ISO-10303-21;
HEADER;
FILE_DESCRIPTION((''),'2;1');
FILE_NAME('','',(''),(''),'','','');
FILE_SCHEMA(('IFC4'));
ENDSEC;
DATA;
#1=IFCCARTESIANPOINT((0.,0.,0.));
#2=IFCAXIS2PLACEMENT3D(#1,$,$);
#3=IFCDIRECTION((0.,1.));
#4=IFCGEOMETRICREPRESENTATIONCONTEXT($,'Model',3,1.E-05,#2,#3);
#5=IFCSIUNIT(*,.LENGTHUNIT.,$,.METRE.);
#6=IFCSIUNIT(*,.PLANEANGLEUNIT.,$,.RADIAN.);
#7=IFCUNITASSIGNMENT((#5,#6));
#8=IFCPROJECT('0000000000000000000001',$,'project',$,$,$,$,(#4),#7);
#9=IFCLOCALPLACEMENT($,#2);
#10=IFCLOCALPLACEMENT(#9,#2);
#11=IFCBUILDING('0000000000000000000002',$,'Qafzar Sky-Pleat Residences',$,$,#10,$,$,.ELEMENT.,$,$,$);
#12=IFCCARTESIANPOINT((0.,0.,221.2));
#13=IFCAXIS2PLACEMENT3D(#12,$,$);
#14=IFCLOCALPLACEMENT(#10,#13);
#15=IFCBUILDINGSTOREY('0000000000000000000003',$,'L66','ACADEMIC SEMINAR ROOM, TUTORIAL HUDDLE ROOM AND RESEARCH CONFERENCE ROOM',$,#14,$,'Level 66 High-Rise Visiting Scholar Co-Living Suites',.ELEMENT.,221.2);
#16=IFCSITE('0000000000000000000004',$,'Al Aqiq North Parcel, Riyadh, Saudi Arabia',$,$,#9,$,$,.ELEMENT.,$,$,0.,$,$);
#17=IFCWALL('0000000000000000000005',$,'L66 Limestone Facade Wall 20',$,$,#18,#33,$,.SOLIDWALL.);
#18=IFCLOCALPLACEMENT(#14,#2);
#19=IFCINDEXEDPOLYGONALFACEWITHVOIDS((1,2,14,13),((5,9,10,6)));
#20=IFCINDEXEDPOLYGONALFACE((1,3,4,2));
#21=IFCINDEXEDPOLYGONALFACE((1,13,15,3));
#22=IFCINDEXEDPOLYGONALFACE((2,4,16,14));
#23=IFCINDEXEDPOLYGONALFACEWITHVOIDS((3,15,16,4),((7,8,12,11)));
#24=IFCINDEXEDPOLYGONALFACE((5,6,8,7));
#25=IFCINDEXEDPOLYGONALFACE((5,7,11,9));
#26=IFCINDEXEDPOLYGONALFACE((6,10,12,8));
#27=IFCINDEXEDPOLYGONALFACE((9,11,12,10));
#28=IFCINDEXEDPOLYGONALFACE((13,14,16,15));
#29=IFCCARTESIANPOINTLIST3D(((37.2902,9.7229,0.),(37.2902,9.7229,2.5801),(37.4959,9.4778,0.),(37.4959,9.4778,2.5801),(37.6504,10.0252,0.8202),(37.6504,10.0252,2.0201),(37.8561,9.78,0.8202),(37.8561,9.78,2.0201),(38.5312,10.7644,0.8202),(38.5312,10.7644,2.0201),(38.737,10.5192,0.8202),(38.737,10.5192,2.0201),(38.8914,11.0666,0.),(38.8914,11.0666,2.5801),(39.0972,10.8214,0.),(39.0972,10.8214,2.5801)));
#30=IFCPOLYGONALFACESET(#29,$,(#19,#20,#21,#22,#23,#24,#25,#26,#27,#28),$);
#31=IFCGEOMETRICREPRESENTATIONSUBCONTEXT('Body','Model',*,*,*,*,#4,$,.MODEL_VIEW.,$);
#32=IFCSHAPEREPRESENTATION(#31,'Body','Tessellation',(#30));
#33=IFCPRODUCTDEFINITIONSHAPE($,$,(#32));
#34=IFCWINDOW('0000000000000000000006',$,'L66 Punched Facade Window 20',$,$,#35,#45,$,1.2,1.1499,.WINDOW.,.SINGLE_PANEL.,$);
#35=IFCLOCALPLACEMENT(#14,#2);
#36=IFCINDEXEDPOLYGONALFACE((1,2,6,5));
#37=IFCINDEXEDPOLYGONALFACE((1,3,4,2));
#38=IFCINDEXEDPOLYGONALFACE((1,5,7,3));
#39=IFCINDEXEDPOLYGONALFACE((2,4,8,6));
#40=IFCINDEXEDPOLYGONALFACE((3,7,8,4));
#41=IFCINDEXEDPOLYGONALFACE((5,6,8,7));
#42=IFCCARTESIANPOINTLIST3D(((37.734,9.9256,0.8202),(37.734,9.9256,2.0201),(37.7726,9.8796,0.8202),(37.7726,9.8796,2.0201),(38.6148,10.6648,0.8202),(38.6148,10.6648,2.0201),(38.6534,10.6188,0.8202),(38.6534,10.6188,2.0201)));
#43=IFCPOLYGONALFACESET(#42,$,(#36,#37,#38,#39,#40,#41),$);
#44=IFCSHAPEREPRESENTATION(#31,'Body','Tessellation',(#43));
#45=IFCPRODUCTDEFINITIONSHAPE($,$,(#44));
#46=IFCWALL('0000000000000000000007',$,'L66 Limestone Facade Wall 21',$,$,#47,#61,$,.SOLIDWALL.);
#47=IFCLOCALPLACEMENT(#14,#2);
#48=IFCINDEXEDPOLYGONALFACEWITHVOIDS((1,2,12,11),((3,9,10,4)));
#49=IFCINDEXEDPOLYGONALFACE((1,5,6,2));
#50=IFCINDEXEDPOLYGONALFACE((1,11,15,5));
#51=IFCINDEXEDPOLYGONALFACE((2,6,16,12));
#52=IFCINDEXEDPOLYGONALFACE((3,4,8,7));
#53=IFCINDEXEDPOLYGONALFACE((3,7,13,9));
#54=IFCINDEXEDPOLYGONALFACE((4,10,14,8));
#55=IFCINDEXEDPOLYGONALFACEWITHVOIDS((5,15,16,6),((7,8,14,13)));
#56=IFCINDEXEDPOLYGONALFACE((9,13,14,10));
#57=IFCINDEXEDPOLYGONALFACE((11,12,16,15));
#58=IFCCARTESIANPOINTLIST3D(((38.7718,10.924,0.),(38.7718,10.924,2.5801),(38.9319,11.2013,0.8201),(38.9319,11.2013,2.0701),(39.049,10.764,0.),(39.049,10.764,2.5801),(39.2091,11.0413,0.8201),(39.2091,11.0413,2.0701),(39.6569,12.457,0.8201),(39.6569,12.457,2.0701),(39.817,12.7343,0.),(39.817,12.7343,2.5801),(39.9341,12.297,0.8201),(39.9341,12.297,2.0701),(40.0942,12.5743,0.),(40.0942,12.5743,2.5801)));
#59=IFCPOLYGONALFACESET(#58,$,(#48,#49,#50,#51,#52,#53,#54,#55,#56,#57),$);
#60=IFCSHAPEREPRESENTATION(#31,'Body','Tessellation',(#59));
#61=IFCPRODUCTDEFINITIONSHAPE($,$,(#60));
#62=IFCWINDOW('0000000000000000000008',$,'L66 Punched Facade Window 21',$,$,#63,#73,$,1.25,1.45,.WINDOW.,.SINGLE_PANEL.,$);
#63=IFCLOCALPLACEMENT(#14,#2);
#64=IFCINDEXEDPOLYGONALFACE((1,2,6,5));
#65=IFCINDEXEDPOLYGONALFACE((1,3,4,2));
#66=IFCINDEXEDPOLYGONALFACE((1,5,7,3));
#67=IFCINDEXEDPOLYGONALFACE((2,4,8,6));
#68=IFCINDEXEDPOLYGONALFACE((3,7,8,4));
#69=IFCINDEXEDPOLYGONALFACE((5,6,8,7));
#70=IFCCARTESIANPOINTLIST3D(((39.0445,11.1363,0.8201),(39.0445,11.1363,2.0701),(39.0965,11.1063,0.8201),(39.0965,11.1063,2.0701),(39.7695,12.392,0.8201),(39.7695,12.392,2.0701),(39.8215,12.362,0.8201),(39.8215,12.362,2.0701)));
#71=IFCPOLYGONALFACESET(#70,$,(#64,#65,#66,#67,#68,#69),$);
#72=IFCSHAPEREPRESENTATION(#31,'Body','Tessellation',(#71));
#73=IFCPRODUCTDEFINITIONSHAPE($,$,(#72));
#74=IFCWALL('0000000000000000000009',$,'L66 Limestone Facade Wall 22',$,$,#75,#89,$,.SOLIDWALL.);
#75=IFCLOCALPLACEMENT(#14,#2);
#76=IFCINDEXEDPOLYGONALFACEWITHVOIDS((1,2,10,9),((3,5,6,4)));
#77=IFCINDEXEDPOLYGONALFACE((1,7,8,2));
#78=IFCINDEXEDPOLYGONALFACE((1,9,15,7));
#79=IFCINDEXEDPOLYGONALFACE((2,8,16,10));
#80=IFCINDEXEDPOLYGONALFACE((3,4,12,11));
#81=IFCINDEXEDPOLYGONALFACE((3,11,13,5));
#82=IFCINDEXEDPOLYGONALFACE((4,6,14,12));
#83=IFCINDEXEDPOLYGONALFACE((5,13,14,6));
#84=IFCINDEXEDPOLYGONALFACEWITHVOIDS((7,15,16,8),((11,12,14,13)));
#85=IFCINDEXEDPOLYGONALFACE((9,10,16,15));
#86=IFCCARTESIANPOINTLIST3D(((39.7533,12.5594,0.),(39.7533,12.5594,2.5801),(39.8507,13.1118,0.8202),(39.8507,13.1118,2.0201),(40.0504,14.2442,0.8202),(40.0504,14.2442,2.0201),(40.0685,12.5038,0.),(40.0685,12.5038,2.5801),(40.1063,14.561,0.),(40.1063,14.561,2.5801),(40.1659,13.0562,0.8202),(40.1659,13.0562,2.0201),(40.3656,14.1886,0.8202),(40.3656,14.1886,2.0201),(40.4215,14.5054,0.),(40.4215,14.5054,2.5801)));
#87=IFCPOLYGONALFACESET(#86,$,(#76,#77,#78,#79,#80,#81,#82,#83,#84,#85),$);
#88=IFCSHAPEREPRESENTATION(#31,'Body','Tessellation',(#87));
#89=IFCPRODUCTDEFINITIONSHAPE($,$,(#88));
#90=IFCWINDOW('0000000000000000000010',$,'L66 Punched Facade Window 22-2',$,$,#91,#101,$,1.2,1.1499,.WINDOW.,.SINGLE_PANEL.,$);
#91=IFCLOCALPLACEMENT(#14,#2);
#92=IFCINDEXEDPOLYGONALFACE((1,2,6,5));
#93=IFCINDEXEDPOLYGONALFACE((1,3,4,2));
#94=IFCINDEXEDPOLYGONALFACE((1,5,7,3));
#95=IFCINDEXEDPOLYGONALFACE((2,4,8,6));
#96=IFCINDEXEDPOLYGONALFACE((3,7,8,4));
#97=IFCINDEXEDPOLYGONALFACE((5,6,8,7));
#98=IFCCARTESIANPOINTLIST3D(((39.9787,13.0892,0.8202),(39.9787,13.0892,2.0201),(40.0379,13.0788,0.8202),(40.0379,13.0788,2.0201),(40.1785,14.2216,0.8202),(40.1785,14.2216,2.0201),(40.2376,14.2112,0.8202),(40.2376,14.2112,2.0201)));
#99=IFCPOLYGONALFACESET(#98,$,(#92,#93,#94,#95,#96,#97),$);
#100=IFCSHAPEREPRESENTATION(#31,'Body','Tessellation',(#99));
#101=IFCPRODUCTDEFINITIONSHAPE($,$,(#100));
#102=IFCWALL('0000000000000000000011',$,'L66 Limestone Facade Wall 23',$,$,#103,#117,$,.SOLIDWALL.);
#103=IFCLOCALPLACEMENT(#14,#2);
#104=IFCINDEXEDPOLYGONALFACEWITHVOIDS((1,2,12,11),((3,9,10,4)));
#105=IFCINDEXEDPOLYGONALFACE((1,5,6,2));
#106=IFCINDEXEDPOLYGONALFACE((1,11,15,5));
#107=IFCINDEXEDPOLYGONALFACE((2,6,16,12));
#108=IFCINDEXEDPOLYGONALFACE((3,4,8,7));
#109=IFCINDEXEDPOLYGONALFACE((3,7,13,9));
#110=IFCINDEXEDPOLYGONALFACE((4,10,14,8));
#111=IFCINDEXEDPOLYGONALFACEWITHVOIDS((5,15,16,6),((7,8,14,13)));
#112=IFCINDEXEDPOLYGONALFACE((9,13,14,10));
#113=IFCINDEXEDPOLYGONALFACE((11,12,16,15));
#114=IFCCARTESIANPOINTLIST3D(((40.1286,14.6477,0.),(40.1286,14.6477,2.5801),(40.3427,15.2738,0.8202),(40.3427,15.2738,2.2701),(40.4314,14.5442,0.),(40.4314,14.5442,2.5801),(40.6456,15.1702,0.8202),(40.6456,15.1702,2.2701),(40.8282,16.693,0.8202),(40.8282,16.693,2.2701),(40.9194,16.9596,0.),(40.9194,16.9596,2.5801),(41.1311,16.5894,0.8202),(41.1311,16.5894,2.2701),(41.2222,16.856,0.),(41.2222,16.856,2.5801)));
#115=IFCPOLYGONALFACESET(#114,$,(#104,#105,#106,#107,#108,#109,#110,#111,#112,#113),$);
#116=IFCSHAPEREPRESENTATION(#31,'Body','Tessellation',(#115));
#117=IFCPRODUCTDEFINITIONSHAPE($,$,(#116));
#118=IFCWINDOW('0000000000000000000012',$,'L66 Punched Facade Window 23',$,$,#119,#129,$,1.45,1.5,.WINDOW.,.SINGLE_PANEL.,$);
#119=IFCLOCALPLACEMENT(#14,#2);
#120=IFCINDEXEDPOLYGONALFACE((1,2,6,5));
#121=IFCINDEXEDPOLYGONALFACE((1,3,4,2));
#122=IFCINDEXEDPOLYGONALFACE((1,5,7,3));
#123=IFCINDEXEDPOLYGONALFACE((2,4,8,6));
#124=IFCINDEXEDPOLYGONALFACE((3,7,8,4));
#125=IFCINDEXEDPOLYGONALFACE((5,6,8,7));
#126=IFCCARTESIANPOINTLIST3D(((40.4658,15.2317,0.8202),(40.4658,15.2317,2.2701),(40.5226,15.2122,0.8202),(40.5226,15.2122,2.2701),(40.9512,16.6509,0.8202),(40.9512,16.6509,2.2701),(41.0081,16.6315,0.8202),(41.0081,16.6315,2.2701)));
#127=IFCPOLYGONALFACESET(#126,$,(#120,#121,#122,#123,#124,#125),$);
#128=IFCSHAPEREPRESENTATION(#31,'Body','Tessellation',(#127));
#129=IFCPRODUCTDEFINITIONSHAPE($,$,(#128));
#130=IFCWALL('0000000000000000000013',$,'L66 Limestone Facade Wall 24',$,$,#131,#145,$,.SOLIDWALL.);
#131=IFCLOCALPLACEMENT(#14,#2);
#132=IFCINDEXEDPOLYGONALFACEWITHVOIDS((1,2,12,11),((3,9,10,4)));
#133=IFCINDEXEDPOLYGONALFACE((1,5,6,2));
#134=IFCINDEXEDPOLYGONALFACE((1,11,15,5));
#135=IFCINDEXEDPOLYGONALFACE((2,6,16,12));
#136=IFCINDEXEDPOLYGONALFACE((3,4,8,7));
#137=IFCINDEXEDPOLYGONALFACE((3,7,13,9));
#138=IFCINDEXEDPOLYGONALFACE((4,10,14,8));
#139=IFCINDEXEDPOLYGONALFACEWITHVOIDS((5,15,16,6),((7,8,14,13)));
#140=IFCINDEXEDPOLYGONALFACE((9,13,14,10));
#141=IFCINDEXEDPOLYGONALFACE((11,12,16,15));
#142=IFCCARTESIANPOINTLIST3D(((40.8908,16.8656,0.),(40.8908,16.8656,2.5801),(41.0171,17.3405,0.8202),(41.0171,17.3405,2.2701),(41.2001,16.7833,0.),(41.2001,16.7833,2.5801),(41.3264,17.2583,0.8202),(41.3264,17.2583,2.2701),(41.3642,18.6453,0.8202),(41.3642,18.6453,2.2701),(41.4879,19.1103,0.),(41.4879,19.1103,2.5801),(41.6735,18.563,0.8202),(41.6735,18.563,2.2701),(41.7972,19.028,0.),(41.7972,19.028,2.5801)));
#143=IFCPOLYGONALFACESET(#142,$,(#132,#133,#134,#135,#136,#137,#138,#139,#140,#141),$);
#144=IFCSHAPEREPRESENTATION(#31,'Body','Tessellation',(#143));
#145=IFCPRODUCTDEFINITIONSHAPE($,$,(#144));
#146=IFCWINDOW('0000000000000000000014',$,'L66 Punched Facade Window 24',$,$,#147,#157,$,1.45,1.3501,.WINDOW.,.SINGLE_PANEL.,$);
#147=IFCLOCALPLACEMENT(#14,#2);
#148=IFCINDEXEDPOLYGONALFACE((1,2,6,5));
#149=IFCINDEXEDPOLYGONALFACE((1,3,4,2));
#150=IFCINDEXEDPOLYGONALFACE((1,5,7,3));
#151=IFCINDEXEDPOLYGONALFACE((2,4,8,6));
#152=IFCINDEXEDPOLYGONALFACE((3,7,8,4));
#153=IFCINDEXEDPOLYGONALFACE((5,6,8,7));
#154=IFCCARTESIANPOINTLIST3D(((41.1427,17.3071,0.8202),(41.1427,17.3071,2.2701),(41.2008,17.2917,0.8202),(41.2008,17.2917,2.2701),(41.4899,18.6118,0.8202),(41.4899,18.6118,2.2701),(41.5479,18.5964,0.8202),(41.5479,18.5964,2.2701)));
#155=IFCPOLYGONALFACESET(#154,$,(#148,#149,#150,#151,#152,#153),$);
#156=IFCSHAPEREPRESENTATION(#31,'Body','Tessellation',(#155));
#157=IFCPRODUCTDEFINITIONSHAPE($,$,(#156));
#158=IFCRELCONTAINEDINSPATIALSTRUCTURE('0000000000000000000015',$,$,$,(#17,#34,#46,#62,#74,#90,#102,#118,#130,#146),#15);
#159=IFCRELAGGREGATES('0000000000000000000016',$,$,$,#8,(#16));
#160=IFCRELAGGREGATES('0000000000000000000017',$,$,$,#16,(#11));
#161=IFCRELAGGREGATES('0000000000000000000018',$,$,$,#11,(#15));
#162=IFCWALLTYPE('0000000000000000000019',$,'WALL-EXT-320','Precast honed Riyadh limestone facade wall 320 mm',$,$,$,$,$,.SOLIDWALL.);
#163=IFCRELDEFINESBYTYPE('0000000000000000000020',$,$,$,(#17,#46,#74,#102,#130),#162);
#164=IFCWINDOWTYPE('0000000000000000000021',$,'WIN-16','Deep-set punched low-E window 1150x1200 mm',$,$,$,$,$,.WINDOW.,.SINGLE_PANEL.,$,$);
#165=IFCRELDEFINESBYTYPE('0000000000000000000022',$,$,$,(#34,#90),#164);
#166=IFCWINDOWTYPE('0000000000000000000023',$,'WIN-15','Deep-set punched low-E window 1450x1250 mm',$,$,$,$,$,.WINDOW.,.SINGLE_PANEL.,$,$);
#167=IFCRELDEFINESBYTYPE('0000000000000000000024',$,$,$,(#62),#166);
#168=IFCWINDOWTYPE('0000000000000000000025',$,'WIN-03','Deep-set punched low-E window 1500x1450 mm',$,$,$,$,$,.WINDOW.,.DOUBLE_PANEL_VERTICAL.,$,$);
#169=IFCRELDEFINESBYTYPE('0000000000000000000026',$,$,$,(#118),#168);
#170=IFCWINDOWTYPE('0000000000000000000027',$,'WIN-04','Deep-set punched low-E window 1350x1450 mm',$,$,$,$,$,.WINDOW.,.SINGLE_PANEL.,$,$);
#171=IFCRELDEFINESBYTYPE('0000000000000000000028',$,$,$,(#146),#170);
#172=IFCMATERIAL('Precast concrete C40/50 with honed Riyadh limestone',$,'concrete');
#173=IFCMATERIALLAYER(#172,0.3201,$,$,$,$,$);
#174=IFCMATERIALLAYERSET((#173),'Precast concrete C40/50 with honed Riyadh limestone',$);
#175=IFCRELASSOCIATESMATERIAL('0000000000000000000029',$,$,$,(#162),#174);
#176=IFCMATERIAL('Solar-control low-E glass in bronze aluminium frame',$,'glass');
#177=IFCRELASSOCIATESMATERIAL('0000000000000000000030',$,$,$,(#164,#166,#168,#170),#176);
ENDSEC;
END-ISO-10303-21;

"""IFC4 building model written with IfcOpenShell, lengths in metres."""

from ifc_helpers import new_model, si_unit, direction, frame, frame_2d, origin, place, context, subcontext, project, spatial, rectangle, extrude, source, transform, mapped, material, layer, layer_set, type_object, element, fill, save


model = new_model("IFC4")

# Units and contexts
model_context = context("Model", 3, precision=1e-05, world=origin(), true_north=direction((0.0, 1.0)))
body_context = subcontext(model_context, "Body", "Model", "MODEL_VIEW")
ifc_project = project(units=[si_unit("LENGTHUNIT", "METRE"), si_unit("PLANEANGLEUNIT", "RADIAN")], contexts=[model_context])

# Site, building, storey
site_placement = place(None, origin())
site = spatial("IfcSite", under=ifc_project, at=site_placement, Name="Al Aqiq North Parcel, Riyadh, Saudi Arabia", CompositionType="ELEMENT", RefElevation=0.0)
building_placement = place(site_placement, origin())
building = spatial("IfcBuilding", under=site, at=building_placement, Name="Qafzar Sky-Pleat Residences", CompositionType="ELEMENT")
storey_placement = place(building_placement, frame((0.0, 0.0, 221.2)))
storey = spatial("IfcBuildingStorey", under=building, at=storey_placement, Name="L66", Description="ACADEMIC SEMINAR ROOM, TUTORIAL HUDDLE ROOM AND RESEARCH CONFERENCE ROOM", LongName="Level 66 High-Rise Visiting Scholar Co-Living Suites", CompositionType="ELEMENT", Elevation=221.2)

# Walls, openings, windows
ifc_material_1 = material(Name="Precast concrete C40/50 with honed Riyadh limestone", Category="concrete")
ifc_layer_1 = layer(ifc_material_1, 0.3201)
ifc_layer_set_1 = layer_set([ifc_layer_1], Name="Precast concrete C40/50 with honed Riyadh limestone")
wall_type_1 = type_object("IfcWallType", Name="WALL-EXT-320", Description="Precast honed Riyadh limestone facade wall 320 mm", PredefinedType="SOLIDWALL", material=ifc_layer_set_1)
wall_1_placement = place(storey_placement, frame((37.3931, 9.6003, 0.0), z_axis=(0.0, 0.0, 1.0), x_axis=(0.766025, 0.642811, 0.0)))
wall_1 = element("IfcWall", 1, at=wall_1_placement, inside=storey, type_object=wall_type_1, Name="L66 Limestone Facade Wall 20", PredefinedType="SOLIDWALL", context=body_context, shape_type="SweptSolid", body=[
    extrude(rectangle(XDim=2.0903, YDim=0.3201, at=frame_2d((1.0452, 0.0))), origin(), (0.0, 0.0, 1.0), 2.5801),
])
opening_1_placement = place(wall_1_placement, frame((0.4702, 0.0, 0.8201)))
opening_1 = element("IfcOpeningElement", 2, at=opening_1_placement, cuts=wall_1, PredefinedType="OPENING", context=body_context, shape_type="SweptSolid", body=[
    extrude(rectangle(XDim=1.1499, YDim=1.2, at=frame_2d((0.575, 0.6001))), frame((0.0, 0.1699, 0.0), z_axis=(0.0, -1.0, 0.0), x_axis=(1.0, 0.0, 0.0)), (0.0, 0.0, 1.0), 0.3401),
])
ifc_material_2 = material(Name="Solar-control low-E glass in bronze aluminium frame", Category="glass")
window_type_1 = type_object("IfcWindowType", Name="WIN-16", Description="Deep-set punched low-E window 1150x1200 mm", PartitioningType="SINGLE_PANEL", PredefinedType="WINDOW", material=ifc_material_2)
shared_shape_1 = source(origin(), body_context, "Body", "SweptSolid", [
    extrude(rectangle(XDim=1.1499, YDim=1.2, at=frame_2d((0.575, 0.6001))), frame((0.0, 0.03, 0.0), z_axis=(0.0, -1.0, 0.0), x_axis=(1.0, 0.0, 0.0)), (0.0, 0.0, 1.0), 0.0601),
])
window_1_placement = place(opening_1_placement, origin())
window_1 = element("IfcWindow", 3, at=window_1_placement, inside=storey, type_object=window_type_1, Name="L66 Punched Facade Window 20", OverallHeight=1.2, OverallWidth=1.1499, PartitioningType="SINGLE_PANEL", PredefinedType="WINDOW", context=body_context, shape_type="MappedRepresentation", body=[
    mapped(shared_shape_1, transform((0.0, 0.0, 0.0), x_axis=(1.0, 0.0, 0.0), y_axis=(0.0, 1.0, 0.0), z_axis=(0.0, 0.0, 1.0), scale=1.0)),
])
fill(opening_1, window_1)
wall_2_placement = place(storey_placement, frame((38.9104, 10.844, 0.0), z_axis=(0.0, 0.0, 1.0), x_axis=(0.499995, 0.866028, 0.0)))
wall_2 = element("IfcWall", 4, at=wall_2_placement, inside=storey, type_object=wall_type_1, Name="L66 Limestone Facade Wall 21", PredefinedType="SOLIDWALL", context=body_context, shape_type="SweptSolid", body=[
    extrude(rectangle(XDim=2.0903, YDim=0.3201, at=frame_2d((1.0452, 0.0))), origin(), (0.0, 0.0, 1.0), 2.5801),
])
opening_2_placement = place(wall_2_placement, frame((0.3201, 0.0, 0.8201)))
opening_2 = element("IfcOpeningElement", 5, at=opening_2_placement, cuts=wall_2, PredefinedType="OPENING", context=body_context, shape_type="SweptSolid", body=[
    extrude(rectangle(XDim=1.45, YDim=1.25, at=frame_2d((0.7251, 0.625))), frame((0.0, 0.1699, 0.0), z_axis=(0.0, -1.0, 0.0), x_axis=(1.0, 0.0, 0.0)), (0.0, 0.0, 1.0), 0.3401),
])
window_type_2 = type_object("IfcWindowType", Name="WIN-15", Description="Deep-set punched low-E window 1450x1250 mm", PartitioningType="SINGLE_PANEL", PredefinedType="WINDOW", material=ifc_material_2)
shared_shape_2 = source(origin(), body_context, "Body", "SweptSolid", [
    extrude(rectangle(XDim=1.45, YDim=1.25, at=frame_2d((0.7251, 0.625))), frame((0.0, 0.03, 0.0), z_axis=(0.0, -1.0, 0.0), x_axis=(1.0, 0.0, 0.0)), (0.0, 0.0, 1.0), 0.0601),
])
window_2_placement = place(opening_2_placement, origin())
window_2 = element("IfcWindow", 6, at=window_2_placement, inside=storey, type_object=window_type_2, Name="L66 Punched Facade Window 21", OverallHeight=1.25, OverallWidth=1.45, PartitioningType="SINGLE_PANEL", PredefinedType="WINDOW", context=body_context, shape_type="MappedRepresentation", body=[
    mapped(shared_shape_2, transform((0.0, 0.0, 0.0), x_axis=(1.0, 0.0, 0.0), y_axis=(0.0, 1.0, 0.0), z_axis=(0.0, 0.0, 1.0), scale=1.0)),
])
fill(opening_2, window_2)
wall_3_placement = place(storey_placement, frame((39.9109, 12.5317, 0.0), z_axis=(0.0, 0.0, 1.0), x_axis=(0.173703, 0.984798, 0.0)))
wall_3 = element("IfcWall", 7, at=wall_3_placement, inside=storey, type_object=wall_type_1, Name="L66 Limestone Facade Wall 22", PredefinedType="SOLIDWALL", context=body_context, shape_type="SweptSolid", body=[
    extrude(rectangle(XDim=2.0325, YDim=0.3201, at=frame_2d((1.0161, 0.0))), origin(), (0.0, 0.0, 1.0), 2.5801),
])
opening_3_placement = place(wall_3_placement, frame((0.5608, 0.0, 0.8201)))
opening_3 = element("IfcOpeningElement", 8, at=opening_3_placement, cuts=wall_3, PredefinedType="OPENING", context=body_context, shape_type="SweptSolid", body=[
    extrude(rectangle(XDim=1.1499, YDim=1.2, at=frame_2d((0.575, 0.6001))), frame((0.0, 0.1699, 0.0), z_axis=(0.0, -1.0, 0.0), x_axis=(1.0, 0.0, 0.0)), (0.0, 0.0, 1.0), 0.3401),
])
window_3_placement = place(opening_3_placement, origin())
window_3 = element("IfcWindow", 9, at=window_3_placement, inside=storey, type_object=window_type_1, Name="L66 Punched Facade Window 22-2", OverallHeight=1.2, OverallWidth=1.1499, PartitioningType="SINGLE_PANEL", PredefinedType="WINDOW", context=body_context, shape_type="MappedRepresentation", body=[
    mapped(shared_shape_1, transform((0.0, 0.0, 0.0), x_axis=(1.0, 0.0, 0.0), y_axis=(0.0, 1.0, 0.0), z_axis=(0.0, 0.0, 1.0), scale=1.0)),
])
fill(opening_3, window_3)
wall_4_placement = place(storey_placement, frame((40.28, 14.5959, 0.0), z_axis=(0.0, 0.0, 1.0), x_axis=(0.323652, 0.946176, 0.0)))
wall_4 = element("IfcWall", 10, at=wall_4_placement, inside=storey, type_object=wall_type_1, Name="L66 Limestone Facade Wall 23", PredefinedType="SOLIDWALL", context=body_context, shape_type="SweptSolid", body=[
    extrude(rectangle(XDim=2.4434, YDim=0.3201, at=frame_2d((1.2217, 0.0))), origin(), (0.0, 0.0, 1.0), 2.5801),
])
opening_4_placement = place(wall_4_placement, frame((0.6616, 0.0, 0.8201)))
opening_4 = element("IfcOpeningElement", 11, at=opening_4_placement, cuts=wall_4, PredefinedType="OPENING", context=body_context, shape_type="SweptSolid", body=[
    extrude(rectangle(XDim=1.5, YDim=1.45, at=frame_2d((0.75, 0.7251))), frame((0.0, 0.1699, 0.0), z_axis=(0.0, -1.0, 0.0), x_axis=(1.0, 0.0, 0.0)), (0.0, 0.0, 1.0), 0.3401),
])
window_type_3 = type_object("IfcWindowType", Name="WIN-03", Description="Deep-set punched low-E window 1500x1450 mm", PartitioningType="DOUBLE_PANEL_VERTICAL", PredefinedType="WINDOW", material=ifc_material_2)
shared_shape_3 = source(origin(), body_context, "Body", "SweptSolid", [
    extrude(rectangle(XDim=1.5, YDim=1.45, at=frame_2d((0.75, 0.7251))), frame((0.0, 0.03, 0.0), z_axis=(0.0, -1.0, 0.0), x_axis=(1.0, 0.0, 0.0)), (0.0, 0.0, 1.0), 0.0601),
])
window_4_placement = place(opening_4_placement, origin())
window_4 = element("IfcWindow", 12, at=window_4_placement, inside=storey, type_object=window_type_3, Name="L66 Punched Facade Window 23", OverallHeight=1.45, OverallWidth=1.5, PartitioningType="SINGLE_PANEL", PredefinedType="WINDOW", context=body_context, shape_type="MappedRepresentation", body=[
    mapped(shared_shape_3, transform((0.0, 0.0, 0.0), x_axis=(1.0, 0.0, 0.0), y_axis=(0.0, 1.0, 0.0), z_axis=(0.0, 0.0, 1.0), scale=1.0)),
])
fill(opening_4, window_4)
wall_5_placement = place(storey_placement, frame((41.0454, 16.8245, 0.0), z_axis=(0.0, 0.0, 1.0), x_axis=(0.2571, 0.966385, 0.0)))
wall_5 = element("IfcWall", 13, at=wall_5_placement, inside=storey, type_object=wall_type_1, Name="L66 Limestone Facade Wall 24", PredefinedType="SOLIDWALL", context=body_context, shape_type="SweptSolid", body=[
    extrude(rectangle(XDim=2.3228, YDim=0.3201, at=frame_2d((1.1614, 0.0))), origin(), (0.0, 0.0, 1.0), 2.5801),
])
opening_5_placement = place(wall_5_placement, frame((0.4915, 0.0, 0.8201)))
opening_5 = element("IfcOpeningElement", 14, at=opening_5_placement, cuts=wall_5, PredefinedType="OPENING", context=body_context, shape_type="SweptSolid", body=[
    extrude(rectangle(XDim=1.3501, YDim=1.45, at=frame_2d((0.675, 0.7251))), frame((0.0, 0.1699, 0.0), z_axis=(0.0, -1.0, 0.0), x_axis=(1.0, 0.0, 0.0)), (0.0, 0.0, 1.0), 0.3401),
])
window_type_4 = type_object("IfcWindowType", Name="WIN-04", Description="Deep-set punched low-E window 1350x1450 mm", PartitioningType="SINGLE_PANEL", PredefinedType="WINDOW", material=ifc_material_2)
shared_shape_4 = source(origin(), body_context, "Body", "SweptSolid", [
    extrude(rectangle(XDim=1.3501, YDim=1.45, at=frame_2d((0.675, 0.7251))), frame((0.0, 0.03, 0.0), z_axis=(0.0, -1.0, 0.0), x_axis=(1.0, 0.0, 0.0)), (0.0, 0.0, 1.0), 0.0601),
])
window_5_placement = place(opening_5_placement, origin())
window_5 = element("IfcWindow", 15, at=window_5_placement, inside=storey, type_object=window_type_4, Name="L66 Punched Facade Window 24", OverallHeight=1.45, OverallWidth=1.3501, PartitioningType="SINGLE_PANEL", PredefinedType="WINDOW", context=body_context, shape_type="MappedRepresentation", body=[
    mapped(shared_shape_4, transform((0.0, 0.0, 0.0), x_axis=(1.0, 0.0, 0.0), y_axis=(0.0, 1.0, 0.0), z_axis=(0.0, 0.0, 1.0), scale=1.0)),
])
fill(opening_5, window_5)

save(model, "model.ifc")
